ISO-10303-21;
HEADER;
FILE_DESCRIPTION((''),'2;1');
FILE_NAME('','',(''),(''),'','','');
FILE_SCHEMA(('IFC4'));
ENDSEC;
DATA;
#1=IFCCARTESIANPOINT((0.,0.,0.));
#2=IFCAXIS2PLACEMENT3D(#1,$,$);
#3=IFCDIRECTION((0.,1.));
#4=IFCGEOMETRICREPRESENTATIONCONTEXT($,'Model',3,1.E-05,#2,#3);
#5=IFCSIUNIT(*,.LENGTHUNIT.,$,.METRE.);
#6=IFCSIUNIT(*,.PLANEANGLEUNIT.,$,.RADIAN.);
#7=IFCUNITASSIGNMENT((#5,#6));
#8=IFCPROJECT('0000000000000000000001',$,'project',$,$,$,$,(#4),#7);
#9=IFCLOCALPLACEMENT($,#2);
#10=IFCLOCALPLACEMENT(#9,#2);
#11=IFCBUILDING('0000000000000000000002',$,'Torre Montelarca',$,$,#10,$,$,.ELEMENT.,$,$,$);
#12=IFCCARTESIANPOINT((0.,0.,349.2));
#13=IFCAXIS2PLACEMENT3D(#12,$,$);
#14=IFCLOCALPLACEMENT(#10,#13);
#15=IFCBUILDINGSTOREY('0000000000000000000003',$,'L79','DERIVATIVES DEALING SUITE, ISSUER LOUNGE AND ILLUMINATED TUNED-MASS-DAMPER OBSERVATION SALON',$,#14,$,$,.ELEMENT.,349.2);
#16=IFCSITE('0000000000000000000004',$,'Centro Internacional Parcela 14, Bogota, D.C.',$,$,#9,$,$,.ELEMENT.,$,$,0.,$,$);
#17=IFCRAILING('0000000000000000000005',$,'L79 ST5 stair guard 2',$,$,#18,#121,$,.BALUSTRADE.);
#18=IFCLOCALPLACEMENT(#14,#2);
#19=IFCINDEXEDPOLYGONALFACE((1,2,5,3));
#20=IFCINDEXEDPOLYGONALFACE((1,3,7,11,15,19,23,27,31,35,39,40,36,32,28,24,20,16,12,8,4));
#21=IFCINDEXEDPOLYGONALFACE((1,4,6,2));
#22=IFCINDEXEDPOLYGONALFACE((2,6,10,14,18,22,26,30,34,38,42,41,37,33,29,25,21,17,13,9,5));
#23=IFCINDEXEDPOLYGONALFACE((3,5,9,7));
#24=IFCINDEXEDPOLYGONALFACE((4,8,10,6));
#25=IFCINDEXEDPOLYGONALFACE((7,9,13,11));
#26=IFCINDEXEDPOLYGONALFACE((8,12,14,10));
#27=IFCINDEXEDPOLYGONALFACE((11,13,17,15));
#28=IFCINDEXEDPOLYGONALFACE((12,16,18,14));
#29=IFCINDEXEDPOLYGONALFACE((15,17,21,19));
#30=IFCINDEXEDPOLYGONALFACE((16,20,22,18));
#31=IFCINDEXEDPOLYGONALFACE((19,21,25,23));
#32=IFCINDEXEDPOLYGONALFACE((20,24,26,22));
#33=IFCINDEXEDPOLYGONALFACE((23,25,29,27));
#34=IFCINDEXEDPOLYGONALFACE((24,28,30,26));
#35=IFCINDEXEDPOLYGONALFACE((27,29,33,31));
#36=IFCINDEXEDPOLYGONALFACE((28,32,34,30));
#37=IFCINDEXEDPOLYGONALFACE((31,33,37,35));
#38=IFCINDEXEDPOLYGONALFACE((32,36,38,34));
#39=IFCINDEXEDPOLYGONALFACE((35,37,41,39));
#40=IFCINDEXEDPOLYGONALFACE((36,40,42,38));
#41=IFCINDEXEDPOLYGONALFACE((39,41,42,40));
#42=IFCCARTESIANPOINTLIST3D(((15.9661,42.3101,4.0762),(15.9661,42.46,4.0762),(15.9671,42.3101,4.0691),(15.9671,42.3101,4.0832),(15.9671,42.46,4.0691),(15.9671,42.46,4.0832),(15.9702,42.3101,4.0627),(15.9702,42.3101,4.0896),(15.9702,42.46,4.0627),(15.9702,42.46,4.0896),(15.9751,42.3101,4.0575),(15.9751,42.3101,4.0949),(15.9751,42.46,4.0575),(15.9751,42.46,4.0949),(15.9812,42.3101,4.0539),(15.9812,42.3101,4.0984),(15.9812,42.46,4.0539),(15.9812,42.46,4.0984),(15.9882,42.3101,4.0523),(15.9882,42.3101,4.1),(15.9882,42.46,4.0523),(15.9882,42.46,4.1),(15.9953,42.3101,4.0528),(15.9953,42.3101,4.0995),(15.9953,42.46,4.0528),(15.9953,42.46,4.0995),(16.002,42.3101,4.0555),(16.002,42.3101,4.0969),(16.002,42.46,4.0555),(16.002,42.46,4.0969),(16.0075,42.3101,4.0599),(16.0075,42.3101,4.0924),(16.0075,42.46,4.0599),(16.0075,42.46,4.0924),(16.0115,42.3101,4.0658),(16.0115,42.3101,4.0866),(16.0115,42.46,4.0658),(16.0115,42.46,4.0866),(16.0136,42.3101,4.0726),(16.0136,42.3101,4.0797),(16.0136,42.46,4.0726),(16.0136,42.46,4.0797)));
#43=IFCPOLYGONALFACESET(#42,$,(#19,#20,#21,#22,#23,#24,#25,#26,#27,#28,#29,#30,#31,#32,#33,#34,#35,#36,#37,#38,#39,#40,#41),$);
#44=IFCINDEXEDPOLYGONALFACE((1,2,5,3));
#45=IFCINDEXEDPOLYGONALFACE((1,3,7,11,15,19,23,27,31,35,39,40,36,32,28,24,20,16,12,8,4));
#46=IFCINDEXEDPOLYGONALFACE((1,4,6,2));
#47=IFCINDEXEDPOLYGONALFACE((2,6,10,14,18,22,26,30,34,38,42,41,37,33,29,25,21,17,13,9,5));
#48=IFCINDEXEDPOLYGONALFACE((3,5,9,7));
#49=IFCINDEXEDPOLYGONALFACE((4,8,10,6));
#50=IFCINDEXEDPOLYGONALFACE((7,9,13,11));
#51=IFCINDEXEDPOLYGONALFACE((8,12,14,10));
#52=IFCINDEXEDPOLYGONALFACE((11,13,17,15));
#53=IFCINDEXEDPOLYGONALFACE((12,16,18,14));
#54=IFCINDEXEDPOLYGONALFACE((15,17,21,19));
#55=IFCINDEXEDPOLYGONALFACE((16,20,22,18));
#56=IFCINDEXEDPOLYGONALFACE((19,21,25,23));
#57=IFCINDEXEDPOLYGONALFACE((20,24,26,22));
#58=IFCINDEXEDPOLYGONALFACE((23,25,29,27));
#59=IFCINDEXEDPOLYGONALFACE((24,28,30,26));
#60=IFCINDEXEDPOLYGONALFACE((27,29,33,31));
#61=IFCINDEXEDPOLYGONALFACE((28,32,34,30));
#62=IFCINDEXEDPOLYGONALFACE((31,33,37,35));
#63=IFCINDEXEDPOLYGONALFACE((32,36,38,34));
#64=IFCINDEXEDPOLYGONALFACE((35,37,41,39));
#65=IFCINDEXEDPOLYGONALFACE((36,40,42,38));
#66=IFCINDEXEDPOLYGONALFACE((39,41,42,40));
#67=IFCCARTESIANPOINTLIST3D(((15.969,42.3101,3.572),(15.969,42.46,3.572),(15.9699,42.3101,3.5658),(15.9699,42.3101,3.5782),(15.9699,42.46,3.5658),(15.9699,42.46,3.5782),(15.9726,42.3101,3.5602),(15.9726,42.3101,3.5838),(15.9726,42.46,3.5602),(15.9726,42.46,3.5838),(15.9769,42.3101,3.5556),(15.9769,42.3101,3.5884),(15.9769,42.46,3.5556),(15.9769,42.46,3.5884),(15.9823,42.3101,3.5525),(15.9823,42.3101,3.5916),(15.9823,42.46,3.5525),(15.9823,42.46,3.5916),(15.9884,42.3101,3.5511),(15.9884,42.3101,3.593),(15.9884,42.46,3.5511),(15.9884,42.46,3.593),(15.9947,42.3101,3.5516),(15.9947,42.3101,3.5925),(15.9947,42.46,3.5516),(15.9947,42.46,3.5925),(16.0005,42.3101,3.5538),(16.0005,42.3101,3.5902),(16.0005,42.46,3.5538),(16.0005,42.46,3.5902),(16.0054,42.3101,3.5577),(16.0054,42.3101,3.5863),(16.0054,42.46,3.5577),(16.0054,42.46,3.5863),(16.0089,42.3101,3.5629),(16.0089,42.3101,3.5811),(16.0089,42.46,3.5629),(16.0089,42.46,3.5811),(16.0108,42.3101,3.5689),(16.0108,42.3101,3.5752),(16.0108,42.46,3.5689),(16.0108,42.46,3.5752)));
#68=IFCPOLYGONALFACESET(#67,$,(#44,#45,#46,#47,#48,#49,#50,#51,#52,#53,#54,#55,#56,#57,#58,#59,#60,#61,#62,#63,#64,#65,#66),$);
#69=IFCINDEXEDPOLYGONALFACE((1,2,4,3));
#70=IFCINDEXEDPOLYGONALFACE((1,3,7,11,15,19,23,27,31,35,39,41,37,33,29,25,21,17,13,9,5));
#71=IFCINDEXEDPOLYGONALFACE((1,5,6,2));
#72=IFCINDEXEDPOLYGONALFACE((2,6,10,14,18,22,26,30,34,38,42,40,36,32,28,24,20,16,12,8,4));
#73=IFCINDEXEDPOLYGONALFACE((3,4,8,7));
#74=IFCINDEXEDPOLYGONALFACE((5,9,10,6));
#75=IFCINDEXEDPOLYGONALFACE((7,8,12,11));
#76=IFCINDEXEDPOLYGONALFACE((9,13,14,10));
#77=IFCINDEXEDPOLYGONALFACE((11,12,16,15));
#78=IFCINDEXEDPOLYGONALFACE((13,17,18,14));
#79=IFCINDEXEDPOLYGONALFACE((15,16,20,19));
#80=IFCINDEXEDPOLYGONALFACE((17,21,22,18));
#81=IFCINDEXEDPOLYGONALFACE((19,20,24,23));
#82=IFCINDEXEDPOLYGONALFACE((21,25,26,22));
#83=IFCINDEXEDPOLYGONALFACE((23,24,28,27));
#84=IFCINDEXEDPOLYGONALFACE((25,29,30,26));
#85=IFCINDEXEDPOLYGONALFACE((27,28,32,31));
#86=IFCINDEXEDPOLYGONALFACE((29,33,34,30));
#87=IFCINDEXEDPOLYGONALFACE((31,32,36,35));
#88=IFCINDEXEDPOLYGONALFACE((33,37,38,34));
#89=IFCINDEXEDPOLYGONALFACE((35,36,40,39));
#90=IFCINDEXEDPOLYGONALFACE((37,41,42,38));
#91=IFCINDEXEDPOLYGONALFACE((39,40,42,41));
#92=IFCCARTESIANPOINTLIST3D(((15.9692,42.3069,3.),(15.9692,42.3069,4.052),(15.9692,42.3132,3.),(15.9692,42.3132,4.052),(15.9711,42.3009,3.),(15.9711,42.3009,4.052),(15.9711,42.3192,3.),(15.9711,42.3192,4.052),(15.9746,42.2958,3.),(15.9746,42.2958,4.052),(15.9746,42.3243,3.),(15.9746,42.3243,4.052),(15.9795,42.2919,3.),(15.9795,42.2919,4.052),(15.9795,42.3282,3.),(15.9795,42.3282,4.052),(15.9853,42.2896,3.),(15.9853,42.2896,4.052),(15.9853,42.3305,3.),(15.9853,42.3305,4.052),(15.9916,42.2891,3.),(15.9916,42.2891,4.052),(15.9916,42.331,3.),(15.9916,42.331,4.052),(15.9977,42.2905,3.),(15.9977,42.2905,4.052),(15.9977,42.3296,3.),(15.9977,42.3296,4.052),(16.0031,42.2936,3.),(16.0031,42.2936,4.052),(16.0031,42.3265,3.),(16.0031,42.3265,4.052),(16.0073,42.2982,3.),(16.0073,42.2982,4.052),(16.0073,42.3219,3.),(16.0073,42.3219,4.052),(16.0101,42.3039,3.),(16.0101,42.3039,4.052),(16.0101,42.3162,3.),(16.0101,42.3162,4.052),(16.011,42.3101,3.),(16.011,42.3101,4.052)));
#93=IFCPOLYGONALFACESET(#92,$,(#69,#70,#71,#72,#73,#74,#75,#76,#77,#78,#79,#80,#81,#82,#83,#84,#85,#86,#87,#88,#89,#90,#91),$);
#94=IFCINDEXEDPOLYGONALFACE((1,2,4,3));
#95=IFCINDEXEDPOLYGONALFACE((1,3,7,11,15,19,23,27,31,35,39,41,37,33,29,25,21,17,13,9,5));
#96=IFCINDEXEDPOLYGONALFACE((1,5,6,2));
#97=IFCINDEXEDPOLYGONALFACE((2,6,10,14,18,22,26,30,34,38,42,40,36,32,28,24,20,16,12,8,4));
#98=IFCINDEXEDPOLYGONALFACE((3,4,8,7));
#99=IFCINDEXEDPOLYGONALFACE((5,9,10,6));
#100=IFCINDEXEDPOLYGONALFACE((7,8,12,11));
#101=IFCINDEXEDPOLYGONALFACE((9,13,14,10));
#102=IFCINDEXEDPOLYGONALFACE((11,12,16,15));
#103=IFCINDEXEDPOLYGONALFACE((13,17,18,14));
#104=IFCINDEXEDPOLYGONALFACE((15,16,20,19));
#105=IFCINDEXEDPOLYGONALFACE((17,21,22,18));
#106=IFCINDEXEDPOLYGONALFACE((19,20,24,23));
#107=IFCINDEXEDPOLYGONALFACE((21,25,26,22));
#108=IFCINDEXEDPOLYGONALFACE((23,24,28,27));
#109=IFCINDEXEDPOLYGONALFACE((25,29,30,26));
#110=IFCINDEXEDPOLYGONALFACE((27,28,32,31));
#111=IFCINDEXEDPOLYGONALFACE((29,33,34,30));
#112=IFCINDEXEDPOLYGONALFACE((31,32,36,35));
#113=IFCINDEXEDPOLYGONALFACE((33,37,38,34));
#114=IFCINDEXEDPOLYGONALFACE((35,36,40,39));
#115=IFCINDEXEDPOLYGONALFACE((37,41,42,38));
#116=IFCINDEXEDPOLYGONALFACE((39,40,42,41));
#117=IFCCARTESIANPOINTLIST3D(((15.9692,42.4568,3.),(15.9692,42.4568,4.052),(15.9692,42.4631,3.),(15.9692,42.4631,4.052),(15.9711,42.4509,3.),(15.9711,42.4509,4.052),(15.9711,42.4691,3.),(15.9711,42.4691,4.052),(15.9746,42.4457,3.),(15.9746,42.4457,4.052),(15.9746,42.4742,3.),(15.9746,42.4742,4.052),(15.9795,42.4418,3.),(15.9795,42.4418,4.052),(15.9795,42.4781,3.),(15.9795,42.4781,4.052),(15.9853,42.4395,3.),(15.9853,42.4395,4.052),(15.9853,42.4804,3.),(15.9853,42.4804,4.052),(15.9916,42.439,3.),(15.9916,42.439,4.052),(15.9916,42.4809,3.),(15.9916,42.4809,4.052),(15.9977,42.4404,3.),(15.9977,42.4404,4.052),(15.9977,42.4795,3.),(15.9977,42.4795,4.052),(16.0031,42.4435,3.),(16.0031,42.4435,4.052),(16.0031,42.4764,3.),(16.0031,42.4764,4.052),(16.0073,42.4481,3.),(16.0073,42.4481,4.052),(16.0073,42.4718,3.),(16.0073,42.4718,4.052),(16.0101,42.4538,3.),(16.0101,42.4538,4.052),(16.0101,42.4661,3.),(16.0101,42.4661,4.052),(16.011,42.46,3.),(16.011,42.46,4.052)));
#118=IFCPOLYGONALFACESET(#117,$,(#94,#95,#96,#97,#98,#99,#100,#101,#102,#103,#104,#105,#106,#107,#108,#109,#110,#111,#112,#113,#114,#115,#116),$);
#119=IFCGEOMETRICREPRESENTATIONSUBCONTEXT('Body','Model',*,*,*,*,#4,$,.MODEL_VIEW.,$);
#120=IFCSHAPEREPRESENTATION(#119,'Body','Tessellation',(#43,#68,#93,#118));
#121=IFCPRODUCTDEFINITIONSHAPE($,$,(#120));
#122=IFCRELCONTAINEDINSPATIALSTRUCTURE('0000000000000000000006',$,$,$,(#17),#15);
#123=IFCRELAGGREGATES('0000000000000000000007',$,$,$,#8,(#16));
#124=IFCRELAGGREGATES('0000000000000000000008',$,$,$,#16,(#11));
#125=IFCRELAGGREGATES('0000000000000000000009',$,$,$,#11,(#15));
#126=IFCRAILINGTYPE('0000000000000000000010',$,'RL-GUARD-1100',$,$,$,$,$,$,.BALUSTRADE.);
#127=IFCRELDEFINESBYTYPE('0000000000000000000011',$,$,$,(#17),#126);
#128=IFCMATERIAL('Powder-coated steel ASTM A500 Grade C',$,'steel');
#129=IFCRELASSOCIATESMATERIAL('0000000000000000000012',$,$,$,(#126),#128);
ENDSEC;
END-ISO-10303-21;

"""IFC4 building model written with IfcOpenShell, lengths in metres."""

from ifc_helpers import new_model, si_unit, direction, frame, origin, origin_2d, place, context, subcontext, project, spatial, circle, extrude, material, type_object, element, save


model = new_model("IFC4")

# Units and contexts
model_context = context("Model", 3, precision=1e-05, world=origin(), true_north=direction((0.0, 1.0)))
body_context = subcontext(model_context, "Body", "Model", "MODEL_VIEW")
ifc_project = project(units=[si_unit("LENGTHUNIT", "METRE"), si_unit("PLANEANGLEUNIT", "RADIAN")], contexts=[model_context])

# Site, building, storey
site_placement = place(None, origin())
site = spatial("IfcSite", under=ifc_project, at=site_placement, Name="Centro Internacional Parcela 14, Bogota, D.C.", CompositionType="ELEMENT", RefElevation=0.0)
building_placement = place(site_placement, origin())
building = spatial("IfcBuilding", under=site, at=building_placement, Name="Torre Montelarca", CompositionType="ELEMENT")
storey_placement = place(building_placement, frame((0.0, 0.0, 349.2)))
storey = spatial("IfcBuildingStorey", under=building, at=storey_placement, Name="L79", Description="DERIVATIVES DEALING SUITE, ISSUER LOUNGE AND ILLUMINATED TUNED-MASS-DAMPER OBSERVATION SALON", CompositionType="ELEMENT", Elevation=349.2)

# Railing
ifc_material_1 = material(Name="Powder-coated steel ASTM A500 Grade C", Category="steel")
railing_type = type_object("IfcRailingType", Name="RL-GUARD-1100", PredefinedType="BALUSTRADE", material=ifc_material_1)
railing_placement = place(storey_placement, frame((15.99, 42.3101, 3.0)))
element("IfcRailing", 1, at=railing_placement, inside=storey, type_object=railing_type, Name="L79 ST5 stair guard 2", PredefinedType="BALUSTRADE", context=body_context, shape_type="SweptSolid", body=[
    extrude(circle(Radius=0.0239, at=origin_2d()), frame((0.0, 0.0, 1.0762), z_axis=(0.0, 1.0, 0.0), x_axis=(-1.0, 0.0, 0.0)), (0.0, 0.0, 1.0), 0.1499),
    extrude(circle(Radius=0.021, at=origin_2d()), frame((0.0, 0.0, 0.572), z_axis=(0.0, 1.0, 0.0), x_axis=(-1.0, 0.0, 0.0)), (0.0, 0.0, 1.0), 0.1499),
    extrude(circle(Radius=0.021, at=origin_2d()), origin(), (0.0, 0.0, 1.0), 1.052),
    extrude(circle(Radius=0.021, at=origin_2d()), frame((0.0, 0.1499, 0.0)), (0.0, 0.0, 1.0), 1.052),
])

save(model, "model.ifc")
